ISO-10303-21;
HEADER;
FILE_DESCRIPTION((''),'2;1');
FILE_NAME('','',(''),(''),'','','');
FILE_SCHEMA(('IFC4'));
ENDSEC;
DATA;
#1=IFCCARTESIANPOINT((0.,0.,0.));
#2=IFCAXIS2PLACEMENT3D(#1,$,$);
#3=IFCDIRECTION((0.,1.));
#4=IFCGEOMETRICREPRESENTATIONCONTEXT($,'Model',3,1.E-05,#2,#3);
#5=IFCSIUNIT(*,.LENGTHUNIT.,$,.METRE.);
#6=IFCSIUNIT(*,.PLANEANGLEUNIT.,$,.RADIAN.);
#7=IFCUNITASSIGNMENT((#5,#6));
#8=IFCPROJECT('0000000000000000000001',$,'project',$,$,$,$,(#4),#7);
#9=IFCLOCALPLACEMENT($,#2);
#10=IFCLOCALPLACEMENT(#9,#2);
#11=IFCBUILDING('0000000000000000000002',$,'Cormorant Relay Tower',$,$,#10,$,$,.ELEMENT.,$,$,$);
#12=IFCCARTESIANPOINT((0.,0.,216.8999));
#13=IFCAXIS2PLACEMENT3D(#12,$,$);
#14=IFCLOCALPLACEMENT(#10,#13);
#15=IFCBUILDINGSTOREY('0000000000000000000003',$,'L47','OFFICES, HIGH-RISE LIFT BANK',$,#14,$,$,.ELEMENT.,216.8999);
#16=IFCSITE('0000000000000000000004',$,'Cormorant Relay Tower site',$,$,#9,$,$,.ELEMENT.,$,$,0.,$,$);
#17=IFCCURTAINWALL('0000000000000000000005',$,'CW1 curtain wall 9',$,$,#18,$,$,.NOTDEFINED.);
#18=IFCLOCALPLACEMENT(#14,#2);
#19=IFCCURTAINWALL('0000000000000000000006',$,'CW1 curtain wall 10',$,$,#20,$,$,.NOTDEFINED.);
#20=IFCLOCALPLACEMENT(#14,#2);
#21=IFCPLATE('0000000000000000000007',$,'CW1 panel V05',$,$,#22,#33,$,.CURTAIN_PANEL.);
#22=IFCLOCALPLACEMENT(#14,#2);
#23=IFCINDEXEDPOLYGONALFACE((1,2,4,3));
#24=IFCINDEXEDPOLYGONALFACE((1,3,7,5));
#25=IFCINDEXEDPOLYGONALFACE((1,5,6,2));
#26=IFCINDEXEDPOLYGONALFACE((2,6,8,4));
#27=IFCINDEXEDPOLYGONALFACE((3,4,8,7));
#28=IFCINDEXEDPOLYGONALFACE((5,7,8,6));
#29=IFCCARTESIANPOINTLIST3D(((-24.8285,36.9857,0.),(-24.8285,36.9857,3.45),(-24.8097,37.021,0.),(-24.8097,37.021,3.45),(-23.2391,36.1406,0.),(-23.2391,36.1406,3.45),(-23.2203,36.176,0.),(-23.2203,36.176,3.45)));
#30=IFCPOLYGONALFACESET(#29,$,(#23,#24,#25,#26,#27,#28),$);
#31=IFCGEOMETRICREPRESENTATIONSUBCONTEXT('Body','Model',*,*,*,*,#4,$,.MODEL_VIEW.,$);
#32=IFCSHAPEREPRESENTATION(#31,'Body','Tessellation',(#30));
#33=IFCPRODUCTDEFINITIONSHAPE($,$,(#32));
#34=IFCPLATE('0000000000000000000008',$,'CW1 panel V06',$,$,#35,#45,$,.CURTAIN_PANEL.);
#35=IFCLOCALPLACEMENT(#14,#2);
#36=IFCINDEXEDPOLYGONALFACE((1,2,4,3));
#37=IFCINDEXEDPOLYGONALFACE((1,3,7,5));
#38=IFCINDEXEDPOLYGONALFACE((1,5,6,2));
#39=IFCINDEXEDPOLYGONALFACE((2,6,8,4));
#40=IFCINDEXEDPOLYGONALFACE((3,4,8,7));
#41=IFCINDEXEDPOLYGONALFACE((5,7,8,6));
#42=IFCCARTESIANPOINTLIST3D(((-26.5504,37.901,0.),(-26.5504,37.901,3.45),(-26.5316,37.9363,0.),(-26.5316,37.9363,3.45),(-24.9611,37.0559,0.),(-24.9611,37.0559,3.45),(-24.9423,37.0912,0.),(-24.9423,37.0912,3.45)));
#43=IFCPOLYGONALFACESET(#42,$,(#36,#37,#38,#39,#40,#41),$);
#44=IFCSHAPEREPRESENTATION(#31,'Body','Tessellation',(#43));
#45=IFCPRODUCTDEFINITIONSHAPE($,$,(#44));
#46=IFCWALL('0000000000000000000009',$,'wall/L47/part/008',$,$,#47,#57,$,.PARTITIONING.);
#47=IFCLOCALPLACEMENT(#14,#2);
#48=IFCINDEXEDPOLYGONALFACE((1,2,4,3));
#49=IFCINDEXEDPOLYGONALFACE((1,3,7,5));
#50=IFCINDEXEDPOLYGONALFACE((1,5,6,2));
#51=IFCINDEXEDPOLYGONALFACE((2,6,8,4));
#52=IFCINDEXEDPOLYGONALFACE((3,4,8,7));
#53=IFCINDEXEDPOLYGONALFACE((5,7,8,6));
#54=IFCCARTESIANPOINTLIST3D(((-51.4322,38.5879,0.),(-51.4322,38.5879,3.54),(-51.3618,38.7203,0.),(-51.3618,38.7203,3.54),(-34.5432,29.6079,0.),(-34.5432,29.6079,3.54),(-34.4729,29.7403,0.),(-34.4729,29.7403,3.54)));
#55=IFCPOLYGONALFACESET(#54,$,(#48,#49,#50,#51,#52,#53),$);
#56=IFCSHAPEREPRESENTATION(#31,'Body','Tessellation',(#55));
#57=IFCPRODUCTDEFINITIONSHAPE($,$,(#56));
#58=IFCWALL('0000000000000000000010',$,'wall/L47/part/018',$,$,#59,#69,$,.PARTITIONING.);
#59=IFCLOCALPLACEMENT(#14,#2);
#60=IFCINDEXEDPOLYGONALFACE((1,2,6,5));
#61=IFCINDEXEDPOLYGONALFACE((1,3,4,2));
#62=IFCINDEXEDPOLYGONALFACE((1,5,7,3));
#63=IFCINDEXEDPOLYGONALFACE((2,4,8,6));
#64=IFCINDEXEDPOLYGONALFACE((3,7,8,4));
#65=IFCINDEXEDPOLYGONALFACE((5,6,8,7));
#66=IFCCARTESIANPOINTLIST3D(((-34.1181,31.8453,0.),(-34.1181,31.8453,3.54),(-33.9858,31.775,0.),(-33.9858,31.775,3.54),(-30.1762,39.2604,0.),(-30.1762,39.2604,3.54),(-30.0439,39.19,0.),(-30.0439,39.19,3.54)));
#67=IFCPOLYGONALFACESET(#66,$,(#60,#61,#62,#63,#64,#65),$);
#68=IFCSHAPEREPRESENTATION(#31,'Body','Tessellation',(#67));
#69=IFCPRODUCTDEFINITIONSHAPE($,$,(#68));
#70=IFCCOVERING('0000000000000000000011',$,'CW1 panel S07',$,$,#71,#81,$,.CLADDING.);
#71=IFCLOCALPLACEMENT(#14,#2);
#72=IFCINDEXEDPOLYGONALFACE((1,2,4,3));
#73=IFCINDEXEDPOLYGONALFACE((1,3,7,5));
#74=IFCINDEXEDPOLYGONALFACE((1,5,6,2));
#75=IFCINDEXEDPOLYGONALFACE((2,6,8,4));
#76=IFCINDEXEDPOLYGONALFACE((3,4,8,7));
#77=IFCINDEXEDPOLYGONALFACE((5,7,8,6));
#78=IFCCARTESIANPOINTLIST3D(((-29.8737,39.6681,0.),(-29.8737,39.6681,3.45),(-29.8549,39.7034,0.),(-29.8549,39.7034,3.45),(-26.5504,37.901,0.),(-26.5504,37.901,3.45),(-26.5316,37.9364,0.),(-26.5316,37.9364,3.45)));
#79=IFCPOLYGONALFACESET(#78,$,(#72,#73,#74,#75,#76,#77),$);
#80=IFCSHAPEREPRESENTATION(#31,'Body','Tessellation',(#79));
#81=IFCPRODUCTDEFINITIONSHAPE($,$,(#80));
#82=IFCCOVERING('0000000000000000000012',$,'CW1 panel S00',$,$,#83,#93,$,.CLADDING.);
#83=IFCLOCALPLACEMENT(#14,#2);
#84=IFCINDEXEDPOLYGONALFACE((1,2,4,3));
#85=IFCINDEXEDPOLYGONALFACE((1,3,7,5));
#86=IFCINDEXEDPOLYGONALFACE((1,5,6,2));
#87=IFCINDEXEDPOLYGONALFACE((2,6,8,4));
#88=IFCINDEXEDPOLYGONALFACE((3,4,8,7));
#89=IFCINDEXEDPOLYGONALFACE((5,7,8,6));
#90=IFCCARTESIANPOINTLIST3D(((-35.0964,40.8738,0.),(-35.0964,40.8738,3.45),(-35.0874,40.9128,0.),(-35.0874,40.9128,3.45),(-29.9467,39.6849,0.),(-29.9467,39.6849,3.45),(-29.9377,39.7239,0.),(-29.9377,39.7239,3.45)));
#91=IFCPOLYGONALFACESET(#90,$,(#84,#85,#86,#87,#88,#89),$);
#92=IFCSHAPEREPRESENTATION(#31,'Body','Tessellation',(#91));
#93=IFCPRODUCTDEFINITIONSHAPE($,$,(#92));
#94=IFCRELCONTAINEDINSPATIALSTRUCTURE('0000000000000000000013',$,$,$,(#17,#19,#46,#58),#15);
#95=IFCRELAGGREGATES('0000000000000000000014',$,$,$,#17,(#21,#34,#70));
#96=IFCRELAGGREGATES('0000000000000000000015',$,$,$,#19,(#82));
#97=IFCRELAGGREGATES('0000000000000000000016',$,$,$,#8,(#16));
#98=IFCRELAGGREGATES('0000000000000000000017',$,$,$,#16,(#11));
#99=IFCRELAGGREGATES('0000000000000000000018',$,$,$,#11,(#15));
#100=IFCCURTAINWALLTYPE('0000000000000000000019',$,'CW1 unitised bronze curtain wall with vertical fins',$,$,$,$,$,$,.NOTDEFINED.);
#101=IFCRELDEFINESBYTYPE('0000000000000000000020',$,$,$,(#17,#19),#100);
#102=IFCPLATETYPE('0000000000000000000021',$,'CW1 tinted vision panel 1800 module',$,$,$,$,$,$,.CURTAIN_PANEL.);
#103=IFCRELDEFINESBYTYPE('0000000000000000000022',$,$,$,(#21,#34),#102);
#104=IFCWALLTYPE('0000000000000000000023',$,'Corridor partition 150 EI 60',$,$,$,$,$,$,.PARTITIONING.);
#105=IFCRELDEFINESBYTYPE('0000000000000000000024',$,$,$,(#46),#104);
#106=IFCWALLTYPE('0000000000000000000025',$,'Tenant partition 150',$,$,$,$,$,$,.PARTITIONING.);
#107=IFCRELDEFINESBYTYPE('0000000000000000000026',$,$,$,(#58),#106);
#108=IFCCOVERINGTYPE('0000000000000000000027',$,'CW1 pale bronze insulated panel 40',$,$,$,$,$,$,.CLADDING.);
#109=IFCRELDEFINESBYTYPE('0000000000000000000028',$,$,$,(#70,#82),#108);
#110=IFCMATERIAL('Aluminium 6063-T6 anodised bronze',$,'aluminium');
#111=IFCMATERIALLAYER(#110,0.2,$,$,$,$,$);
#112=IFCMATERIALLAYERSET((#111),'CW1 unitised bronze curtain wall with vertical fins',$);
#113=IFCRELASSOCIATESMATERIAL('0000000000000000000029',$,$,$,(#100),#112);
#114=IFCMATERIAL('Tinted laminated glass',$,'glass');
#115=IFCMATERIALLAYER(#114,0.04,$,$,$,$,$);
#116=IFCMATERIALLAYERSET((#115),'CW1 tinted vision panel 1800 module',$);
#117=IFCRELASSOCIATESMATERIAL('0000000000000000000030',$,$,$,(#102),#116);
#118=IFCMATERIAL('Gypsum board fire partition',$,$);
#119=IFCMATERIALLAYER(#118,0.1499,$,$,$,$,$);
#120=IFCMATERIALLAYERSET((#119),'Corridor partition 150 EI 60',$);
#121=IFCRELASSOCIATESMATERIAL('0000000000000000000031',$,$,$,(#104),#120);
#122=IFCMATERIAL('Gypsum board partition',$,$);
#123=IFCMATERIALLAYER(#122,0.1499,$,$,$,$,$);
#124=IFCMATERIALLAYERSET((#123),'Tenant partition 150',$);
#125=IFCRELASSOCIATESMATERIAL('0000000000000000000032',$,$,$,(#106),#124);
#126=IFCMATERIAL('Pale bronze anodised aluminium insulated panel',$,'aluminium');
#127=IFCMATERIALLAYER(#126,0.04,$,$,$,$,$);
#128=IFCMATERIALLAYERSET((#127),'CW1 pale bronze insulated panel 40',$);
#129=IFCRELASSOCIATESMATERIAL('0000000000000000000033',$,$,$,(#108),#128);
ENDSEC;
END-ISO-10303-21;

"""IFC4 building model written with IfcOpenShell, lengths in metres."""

from ifc_helpers import new_model, si_unit, direction, frame, frame_2d, origin, origin_2d, place, context, subcontext, project, spatial, rectangle, extrude, material, layer, layer_set, type_object, element, aggregate, save


model = new_model("IFC4")

# Units and contexts
model_context = context("Model", 3, precision=1e-05, world=origin(), true_north=direction((0.0, 1.0)))
body_context = subcontext(model_context, "Body", "Model", "MODEL_VIEW")
ifc_project = project(units=[si_unit("LENGTHUNIT", "METRE"), si_unit("PLANEANGLEUNIT", "RADIAN")], contexts=[model_context])

# Site, building, storey
site_placement = place(None, origin())
site = spatial("IfcSite", under=ifc_project, at=site_placement, Name="Cormorant Relay Tower site", CompositionType="ELEMENT", RefElevation=0.0)
building_placement = place(site_placement, origin())
building = spatial("IfcBuilding", under=site, at=building_placement, Name="Cormorant Relay Tower", CompositionType="ELEMENT")
storey_placement = place(building_placement, frame((0.0, 0.0, 216.8999)))
storey = spatial("IfcBuildingStorey", under=building, at=storey_placement, Name="L47", Description="OFFICES, HIGH-RISE LIFT BANK", CompositionType="ELEMENT", Elevation=216.8999)

# Curtain wall
ifc_material_1 = material(Name="Aluminium 6063-T6 anodised bronze", Category="aluminium")
ifc_layer_1 = layer(ifc_material_1, 0.2)
ifc_layer_set_1 = layer_set([ifc_layer_1], Name="CW1 unitised bronze curtain wall with vertical fins")
curtain_wall_type = type_object("IfcCurtainWallType", Name="CW1 unitised bronze curtain wall with vertical fins", PredefinedType="NOTDEFINED", material=ifc_layer_set_1)
curtain_wall_1_placement = place(storey_placement, origin())
curtain_wall_1 = element("IfcCurtainWall", 1, at=curtain_wall_1_placement, inside=storey, type_object=curtain_wall_type, Name="CW1 curtain wall 9", PredefinedType="NOTDEFINED")

# Curtain wall
curtain_wall_2_placement = place(storey_placement, origin())
curtain_wall_2 = element("IfcCurtainWall", 2, at=curtain_wall_2_placement, inside=storey, type_object=curtain_wall_type, Name="CW1 curtain wall 10", PredefinedType="NOTDEFINED")

# Plates
ifc_material_2 = material(Name="Tinted laminated glass", Category="glass")
ifc_layer_2 = layer(ifc_material_2, 0.04)
ifc_layer_set_2 = layer_set([ifc_layer_2], Name="CW1 tinted vision panel 1800 module")
plate_type = type_object("IfcPlateType", Name="CW1 tinted vision panel 1800 module", PredefinedType="CURTAIN_PANEL", material=ifc_layer_set_2)
plate_1_placement = place(storey_placement, frame((-24.0244, 36.5808, 0.0), z_axis=(0.0, 0.0, 1.0), x_axis=(-0.882948, 0.469472, 0.0)))
plate_1 = element("IfcPlate", 3, at=plate_1_placement, type_object=plate_type, Name="CW1 panel V05", PredefinedType="CURTAIN_PANEL", context=body_context, shape_type="SweptSolid", body=[
    extrude(rectangle(XDim=1.8, YDim=0.04, at=origin_2d()), origin(), (0.0, 0.0, 1.0), 3.45),
])
plate_2_placement = place(storey_placement, frame((-25.7463, 37.4961, 0.0), z_axis=(0.0, 0.0, 1.0), x_axis=(-0.882948, 0.469472, 0.0)))
plate_2 = element("IfcPlate", 4, at=plate_2_placement, type_object=plate_type, Name="CW1 panel V06", PredefinedType="CURTAIN_PANEL", context=body_context, shape_type="SweptSolid", body=[
    extrude(rectangle(XDim=1.8, YDim=0.04, at=origin_2d()), origin(), (0.0, 0.0, 1.0), 3.45),
])

# Walls
ifc_material_3 = material(Name="Gypsum board fire partition")
ifc_layer_3 = layer(ifc_material_3, 0.1499)
ifc_layer_set_3 = layer_set([ifc_layer_3], Name="Corridor partition 150 EI 60")
wall_type_1 = type_object("IfcWallType", Name="Corridor partition 150 EI 60", PredefinedType="PARTITIONING", material=ifc_layer_set_3)
wall_1_placement = place(storey_placement, frame((-34.5081, 29.6741, 0.0), z_axis=(0.0, 0.0, 1.0), x_axis=(-0.882948, 0.469471, 0.0)))
element("IfcWall", 5, at=wall_1_placement, inside=storey, type_object=wall_type_1, Name="wall/L47/part/008", PredefinedType="PARTITIONING", context=body_context, shape_type="SweptSolid", body=[
    extrude(rectangle(XDim=19.1279, YDim=0.1499, at=frame_2d((9.564, 0.0))), origin(), (0.0, 0.0, 1.0), 3.54),
])
ifc_material_4 = material(Name="Gypsum board partition")
ifc_layer_4 = layer(ifc_material_4, 0.1499)
ifc_layer_set_4 = layer_set([ifc_layer_4], Name="Tenant partition 150")
wall_type_2 = type_object("IfcWallType", Name="Tenant partition 150", PredefinedType="PARTITIONING", material=ifc_layer_set_4)
wall_2_placement = place(storey_placement, frame((-30.1101, 39.2251, 0.0), z_axis=(0.0, 0.0, 1.0), x_axis=(-0.469402, -0.882985, 0.0)))
element("IfcWall", 6, at=wall_2_placement, inside=storey, type_object=wall_type_2, Name="wall/L47/part/018", PredefinedType="PARTITIONING", context=body_context, shape_type="SweptSolid", body=[
    extrude(rectangle(XDim=8.3977, YDim=0.1499, at=frame_2d((4.1987, 0.0))), origin(), (0.0, 0.0, 1.0), 3.54),
])

# Coverings
ifc_material_5 = material(Name="Pale bronze anodised aluminium insulated panel", Category="aluminium")
ifc_layer_5 = layer(ifc_material_5, 0.04)
ifc_layer_set_5 = layer_set([ifc_layer_5], Name="CW1 pale bronze insulated panel 40")
covering_type = type_object("IfcCoveringType", Name="CW1 pale bronze insulated panel 40", PredefinedType="CLADDING", material=ifc_layer_set_5)
covering_1_placement = place(storey_placement, frame((-28.2026, 38.8022, 0.0), z_axis=(0.0, 0.0, 1.0), x_axis=(-0.882948, 0.469472, 0.0)))
covering_1 = element("IfcCovering", 7, at=covering_1_placement, type_object=covering_type, Name="CW1 panel S07", PredefinedType="CLADDING", context=body_context, shape_type="SweptSolid", body=[
    extrude(rectangle(XDim=3.7639, YDim=0.04, at=origin_2d()), origin(), (0.0, 0.0, 1.0), 3.45),
])
aggregate(curtain_wall_1, [plate_1, plate_2, covering_1])
covering_2_placement = place(storey_placement, frame((-32.5171, 40.2988, 0.0), z_axis=(0.0, 0.0, 1.0), x_axis=(-0.97437, 0.224951, 0.0)))
covering_2 = element("IfcCovering", 8, at=covering_2_placement, type_object=covering_type, Name="CW1 panel S00", PredefinedType="CLADDING", context=body_context, shape_type="SweptSolid", body=[
    extrude(rectangle(XDim=5.2852, YDim=0.04, at=origin_2d()), origin(), (0.0, 0.0, 1.0), 3.45),
])
aggregate(curtain_wall_2, [covering_2])

save(model, "model.ifc")
